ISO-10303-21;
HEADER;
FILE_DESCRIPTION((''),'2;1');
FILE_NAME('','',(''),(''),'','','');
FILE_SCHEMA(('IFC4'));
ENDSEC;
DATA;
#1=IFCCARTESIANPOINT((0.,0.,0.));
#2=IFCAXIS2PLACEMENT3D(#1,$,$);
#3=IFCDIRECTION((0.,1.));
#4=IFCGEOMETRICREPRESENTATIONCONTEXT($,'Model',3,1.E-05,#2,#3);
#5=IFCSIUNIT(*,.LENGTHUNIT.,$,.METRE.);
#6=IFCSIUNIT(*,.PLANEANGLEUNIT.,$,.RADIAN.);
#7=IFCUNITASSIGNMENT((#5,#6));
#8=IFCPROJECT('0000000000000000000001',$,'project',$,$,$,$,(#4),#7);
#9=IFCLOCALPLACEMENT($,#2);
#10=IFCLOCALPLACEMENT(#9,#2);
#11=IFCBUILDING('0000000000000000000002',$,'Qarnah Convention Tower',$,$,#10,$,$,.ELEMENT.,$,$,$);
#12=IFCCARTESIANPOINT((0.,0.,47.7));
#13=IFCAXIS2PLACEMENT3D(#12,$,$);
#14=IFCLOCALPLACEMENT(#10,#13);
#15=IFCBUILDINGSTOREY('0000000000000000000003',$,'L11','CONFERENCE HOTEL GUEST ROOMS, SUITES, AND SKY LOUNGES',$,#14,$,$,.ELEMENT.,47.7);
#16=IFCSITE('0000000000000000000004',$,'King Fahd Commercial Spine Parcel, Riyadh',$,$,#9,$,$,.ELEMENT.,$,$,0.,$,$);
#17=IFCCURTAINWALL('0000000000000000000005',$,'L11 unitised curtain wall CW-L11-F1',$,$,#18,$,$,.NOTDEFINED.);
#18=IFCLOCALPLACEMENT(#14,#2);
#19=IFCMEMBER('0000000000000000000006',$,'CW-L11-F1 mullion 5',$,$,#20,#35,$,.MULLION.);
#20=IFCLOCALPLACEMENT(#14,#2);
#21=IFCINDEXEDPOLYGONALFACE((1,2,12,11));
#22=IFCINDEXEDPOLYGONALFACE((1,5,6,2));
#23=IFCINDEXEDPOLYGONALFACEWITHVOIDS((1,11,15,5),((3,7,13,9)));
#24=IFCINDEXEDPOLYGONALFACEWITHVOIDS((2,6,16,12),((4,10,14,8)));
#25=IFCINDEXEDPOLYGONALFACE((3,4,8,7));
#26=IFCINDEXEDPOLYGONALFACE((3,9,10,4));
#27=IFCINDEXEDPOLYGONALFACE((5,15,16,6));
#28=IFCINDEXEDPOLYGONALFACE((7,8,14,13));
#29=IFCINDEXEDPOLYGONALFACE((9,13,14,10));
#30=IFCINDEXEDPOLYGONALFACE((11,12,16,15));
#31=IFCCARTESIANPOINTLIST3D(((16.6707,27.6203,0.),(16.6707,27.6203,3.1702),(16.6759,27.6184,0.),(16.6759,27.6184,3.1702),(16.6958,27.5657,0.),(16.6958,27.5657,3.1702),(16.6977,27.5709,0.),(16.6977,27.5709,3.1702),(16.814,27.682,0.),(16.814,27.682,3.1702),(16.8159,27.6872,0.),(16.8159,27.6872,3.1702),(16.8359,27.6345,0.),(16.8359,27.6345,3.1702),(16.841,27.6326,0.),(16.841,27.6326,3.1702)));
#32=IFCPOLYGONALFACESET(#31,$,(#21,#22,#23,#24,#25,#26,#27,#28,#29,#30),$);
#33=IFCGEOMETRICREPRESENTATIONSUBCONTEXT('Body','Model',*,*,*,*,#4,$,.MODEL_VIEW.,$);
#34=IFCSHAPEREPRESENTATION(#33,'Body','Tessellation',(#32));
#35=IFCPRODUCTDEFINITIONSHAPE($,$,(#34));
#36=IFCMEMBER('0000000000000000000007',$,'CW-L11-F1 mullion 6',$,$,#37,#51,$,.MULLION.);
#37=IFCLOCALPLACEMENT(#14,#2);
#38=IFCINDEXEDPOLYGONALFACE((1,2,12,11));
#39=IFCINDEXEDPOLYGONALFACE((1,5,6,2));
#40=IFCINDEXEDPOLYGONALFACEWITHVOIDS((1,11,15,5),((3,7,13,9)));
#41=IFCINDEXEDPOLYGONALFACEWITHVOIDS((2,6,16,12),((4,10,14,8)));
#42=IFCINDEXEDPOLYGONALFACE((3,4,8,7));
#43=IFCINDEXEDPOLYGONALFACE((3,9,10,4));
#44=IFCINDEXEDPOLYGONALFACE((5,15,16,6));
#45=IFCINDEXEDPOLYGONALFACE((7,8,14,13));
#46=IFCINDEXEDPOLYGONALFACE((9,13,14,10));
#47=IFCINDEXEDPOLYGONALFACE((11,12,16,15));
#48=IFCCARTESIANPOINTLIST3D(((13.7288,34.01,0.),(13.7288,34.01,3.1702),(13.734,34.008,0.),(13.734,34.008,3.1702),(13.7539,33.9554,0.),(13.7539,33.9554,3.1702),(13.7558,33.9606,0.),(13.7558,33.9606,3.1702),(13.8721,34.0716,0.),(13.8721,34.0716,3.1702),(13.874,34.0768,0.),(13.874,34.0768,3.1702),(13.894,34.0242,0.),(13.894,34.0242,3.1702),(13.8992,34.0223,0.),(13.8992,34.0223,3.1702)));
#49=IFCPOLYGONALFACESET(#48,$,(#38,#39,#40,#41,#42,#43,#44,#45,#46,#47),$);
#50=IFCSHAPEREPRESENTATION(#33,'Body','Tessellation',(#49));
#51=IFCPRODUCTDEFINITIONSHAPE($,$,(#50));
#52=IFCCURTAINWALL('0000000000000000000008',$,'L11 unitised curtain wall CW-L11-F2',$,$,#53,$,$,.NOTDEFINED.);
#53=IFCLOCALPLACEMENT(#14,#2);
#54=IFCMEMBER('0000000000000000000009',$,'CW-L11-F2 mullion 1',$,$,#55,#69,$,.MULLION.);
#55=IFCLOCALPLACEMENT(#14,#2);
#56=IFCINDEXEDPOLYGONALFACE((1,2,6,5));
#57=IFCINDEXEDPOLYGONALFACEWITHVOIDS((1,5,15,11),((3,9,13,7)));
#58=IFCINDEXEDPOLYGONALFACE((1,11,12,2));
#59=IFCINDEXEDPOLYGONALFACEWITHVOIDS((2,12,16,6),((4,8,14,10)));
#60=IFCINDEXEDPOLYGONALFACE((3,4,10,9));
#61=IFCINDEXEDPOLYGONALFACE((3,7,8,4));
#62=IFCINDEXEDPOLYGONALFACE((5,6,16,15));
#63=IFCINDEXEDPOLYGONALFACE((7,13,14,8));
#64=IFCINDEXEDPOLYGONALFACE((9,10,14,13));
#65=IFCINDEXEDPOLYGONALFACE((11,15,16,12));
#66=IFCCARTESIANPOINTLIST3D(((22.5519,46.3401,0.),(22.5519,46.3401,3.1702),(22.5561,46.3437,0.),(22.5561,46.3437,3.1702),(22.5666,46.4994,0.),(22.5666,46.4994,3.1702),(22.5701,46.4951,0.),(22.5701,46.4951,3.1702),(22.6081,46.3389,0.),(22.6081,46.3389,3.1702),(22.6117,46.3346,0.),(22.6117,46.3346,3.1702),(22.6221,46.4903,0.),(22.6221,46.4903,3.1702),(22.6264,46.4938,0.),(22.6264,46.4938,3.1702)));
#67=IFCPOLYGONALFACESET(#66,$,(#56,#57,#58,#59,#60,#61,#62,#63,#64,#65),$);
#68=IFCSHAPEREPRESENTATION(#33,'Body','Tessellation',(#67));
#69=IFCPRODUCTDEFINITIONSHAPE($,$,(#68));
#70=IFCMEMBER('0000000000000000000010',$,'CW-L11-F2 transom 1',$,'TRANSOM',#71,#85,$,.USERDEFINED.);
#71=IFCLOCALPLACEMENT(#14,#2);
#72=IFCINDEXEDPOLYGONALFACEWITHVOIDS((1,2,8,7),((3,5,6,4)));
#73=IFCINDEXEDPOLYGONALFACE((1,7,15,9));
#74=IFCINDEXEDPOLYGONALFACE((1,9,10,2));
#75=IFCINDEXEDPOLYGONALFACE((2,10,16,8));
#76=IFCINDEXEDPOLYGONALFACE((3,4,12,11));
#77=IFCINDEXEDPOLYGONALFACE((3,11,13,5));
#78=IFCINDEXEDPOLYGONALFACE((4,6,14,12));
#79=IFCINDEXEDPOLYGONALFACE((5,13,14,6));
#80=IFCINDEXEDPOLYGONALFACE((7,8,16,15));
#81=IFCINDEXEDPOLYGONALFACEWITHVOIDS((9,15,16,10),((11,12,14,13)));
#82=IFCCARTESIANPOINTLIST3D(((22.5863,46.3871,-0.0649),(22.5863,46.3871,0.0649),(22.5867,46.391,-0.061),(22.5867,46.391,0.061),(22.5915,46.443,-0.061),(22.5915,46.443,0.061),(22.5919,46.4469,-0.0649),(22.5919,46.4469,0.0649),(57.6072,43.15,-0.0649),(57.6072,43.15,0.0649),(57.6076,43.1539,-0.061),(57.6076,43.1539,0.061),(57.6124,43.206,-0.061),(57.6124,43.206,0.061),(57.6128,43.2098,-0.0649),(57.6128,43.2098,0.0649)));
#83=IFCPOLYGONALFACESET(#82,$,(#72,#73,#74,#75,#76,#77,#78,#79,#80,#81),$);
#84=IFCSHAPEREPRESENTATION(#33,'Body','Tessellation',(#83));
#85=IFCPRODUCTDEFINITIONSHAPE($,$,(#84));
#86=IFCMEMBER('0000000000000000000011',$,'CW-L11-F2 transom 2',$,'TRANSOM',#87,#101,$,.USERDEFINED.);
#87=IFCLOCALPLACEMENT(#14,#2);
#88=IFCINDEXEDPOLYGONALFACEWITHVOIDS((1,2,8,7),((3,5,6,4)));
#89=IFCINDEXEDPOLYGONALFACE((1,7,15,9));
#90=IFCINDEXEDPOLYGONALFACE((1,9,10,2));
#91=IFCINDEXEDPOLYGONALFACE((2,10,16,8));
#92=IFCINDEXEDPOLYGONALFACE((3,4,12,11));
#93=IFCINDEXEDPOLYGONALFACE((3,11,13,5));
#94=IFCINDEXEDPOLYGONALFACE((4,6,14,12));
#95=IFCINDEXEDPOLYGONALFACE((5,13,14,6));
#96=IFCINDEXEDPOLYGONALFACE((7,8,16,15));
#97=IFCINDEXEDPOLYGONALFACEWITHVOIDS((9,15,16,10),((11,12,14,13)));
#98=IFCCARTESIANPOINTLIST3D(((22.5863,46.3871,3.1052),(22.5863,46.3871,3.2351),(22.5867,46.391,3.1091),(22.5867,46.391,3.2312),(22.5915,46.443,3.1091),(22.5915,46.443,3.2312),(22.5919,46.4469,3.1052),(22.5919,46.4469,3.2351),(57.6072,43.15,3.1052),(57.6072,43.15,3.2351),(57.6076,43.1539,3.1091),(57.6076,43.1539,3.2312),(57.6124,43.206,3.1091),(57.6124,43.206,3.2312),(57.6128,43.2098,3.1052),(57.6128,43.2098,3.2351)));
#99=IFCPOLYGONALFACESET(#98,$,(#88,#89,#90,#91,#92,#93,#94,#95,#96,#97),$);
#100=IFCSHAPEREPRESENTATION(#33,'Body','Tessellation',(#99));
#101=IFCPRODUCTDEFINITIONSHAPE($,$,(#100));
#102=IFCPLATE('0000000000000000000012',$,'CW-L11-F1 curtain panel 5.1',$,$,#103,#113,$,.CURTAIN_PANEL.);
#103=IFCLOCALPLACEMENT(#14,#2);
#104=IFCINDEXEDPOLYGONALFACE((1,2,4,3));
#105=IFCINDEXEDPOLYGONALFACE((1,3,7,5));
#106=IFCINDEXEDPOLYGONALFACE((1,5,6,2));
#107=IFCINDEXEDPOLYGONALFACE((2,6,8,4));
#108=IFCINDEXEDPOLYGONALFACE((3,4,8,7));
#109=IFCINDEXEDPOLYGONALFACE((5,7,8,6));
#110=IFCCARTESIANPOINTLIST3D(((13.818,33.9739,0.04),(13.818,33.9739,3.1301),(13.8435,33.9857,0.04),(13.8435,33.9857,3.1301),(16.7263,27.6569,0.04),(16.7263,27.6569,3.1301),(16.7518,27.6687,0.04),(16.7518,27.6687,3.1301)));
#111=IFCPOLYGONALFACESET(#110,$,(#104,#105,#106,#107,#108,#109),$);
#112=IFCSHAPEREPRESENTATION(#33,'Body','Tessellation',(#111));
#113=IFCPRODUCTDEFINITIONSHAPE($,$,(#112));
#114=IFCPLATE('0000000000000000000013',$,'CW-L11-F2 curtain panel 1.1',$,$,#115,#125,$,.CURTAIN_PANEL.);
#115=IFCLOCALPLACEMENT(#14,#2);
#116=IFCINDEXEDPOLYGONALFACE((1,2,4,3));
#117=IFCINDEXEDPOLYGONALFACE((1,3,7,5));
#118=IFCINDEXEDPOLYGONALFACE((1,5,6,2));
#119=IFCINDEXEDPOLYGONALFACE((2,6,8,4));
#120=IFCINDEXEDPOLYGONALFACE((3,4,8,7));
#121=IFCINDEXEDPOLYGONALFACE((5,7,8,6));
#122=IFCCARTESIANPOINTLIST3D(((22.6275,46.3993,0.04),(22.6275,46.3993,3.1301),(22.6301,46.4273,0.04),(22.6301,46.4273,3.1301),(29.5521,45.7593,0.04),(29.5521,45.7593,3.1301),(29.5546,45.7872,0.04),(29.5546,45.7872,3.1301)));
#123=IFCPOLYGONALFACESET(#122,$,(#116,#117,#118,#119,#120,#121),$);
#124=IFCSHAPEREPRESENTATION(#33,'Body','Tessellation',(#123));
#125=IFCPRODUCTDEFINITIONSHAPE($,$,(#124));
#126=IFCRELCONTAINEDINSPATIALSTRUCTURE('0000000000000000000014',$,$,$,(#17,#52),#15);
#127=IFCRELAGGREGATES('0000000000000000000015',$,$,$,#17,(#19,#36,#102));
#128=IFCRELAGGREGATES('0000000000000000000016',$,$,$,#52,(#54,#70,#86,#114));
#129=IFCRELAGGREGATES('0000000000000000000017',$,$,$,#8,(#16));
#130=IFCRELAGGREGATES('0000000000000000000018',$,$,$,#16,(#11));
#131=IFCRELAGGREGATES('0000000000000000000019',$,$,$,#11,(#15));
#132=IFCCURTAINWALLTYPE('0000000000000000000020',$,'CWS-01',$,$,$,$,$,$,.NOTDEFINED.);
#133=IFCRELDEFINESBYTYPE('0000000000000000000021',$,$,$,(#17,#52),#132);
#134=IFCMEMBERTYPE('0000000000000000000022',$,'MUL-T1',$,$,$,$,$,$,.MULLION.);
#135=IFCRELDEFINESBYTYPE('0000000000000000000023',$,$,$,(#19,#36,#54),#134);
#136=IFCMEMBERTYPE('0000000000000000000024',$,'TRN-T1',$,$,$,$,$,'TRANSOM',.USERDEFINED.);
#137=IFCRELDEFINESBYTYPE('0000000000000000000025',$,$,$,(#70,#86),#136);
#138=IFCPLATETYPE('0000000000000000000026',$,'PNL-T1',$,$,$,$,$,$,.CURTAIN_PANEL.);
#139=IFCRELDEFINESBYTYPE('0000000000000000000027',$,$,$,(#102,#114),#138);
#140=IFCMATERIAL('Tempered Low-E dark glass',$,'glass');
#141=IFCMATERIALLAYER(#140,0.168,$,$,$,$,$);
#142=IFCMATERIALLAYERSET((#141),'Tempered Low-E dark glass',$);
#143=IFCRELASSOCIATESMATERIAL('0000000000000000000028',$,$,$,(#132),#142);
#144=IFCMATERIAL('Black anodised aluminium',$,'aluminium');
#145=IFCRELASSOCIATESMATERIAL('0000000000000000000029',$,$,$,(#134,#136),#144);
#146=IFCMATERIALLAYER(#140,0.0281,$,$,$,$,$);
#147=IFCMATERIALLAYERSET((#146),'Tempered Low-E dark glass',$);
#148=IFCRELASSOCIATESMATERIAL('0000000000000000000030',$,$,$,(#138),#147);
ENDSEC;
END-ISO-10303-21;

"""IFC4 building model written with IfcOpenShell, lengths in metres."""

from ifc_helpers import new_model, si_unit, direction, frame, origin, origin_2d, place, context, subcontext, project, spatial, rectangle, hollow_rectangle, extrude, material, layer, layer_set, material_profile, profile_set, type_object, element, aggregate, save


model = new_model("IFC4")

# Units and contexts
model_context = context("Model", 3, precision=1e-05, world=origin(), true_north=direction((0.0, 1.0)))
body_context = subcontext(model_context, "Body", "Model", "MODEL_VIEW")
ifc_project = project(units=[si_unit("LENGTHUNIT", "METRE"), si_unit("PLANEANGLEUNIT", "RADIAN")], contexts=[model_context])

# Site, building, storey
site_placement = place(None, origin())
site = spatial("IfcSite", under=ifc_project, at=site_placement, Name="King Fahd Commercial Spine Parcel, Riyadh", CompositionType="ELEMENT", RefElevation=0.0)
building_placement = place(site_placement, origin())
building = spatial("IfcBuilding", under=site, at=building_placement, Name="Qarnah Convention Tower", CompositionType="ELEMENT")
storey_placement = place(building_placement, frame((0.0, 0.0, 47.7)))
storey = spatial("IfcBuildingStorey", under=building, at=storey_placement, Name="L11", Description="CONFERENCE HOTEL GUEST ROOMS, SUITES, AND SKY LOUNGES", CompositionType="ELEMENT", Elevation=47.7)

# Curtain walls, members
ifc_material_1 = material(Name="Tempered Low-E dark glass", Category="glass")
ifc_layer_1 = layer(ifc_material_1, 0.168)
ifc_layer_set_1 = layer_set([ifc_layer_1], Name="Tempered Low-E dark glass")
curtain_wall_type = type_object("IfcCurtainWallType", Name="CWS-01", PredefinedType="NOTDEFINED", material=ifc_layer_set_1)
curtain_wall_1_placement = place(storey_placement, origin())
curtain_wall_1 = element("IfcCurtainWall", 1, at=curtain_wall_1_placement, inside=storey, type_object=curtain_wall_type, Name="L11 unitised curtain wall CW-L11-F1", PredefinedType="NOTDEFINED")
ifc_material_2 = material(Name="Black anodised aluminium", Category="aluminium")
ifc_material_profile_1 = material_profile(ifc_material_2, hollow_rectangle(XDim=0.0601, YDim=0.1599, WallThickness=0.0039, at=origin_2d()), Name="MUL-60X160")
ifc_profile_set_1 = profile_set([ifc_material_profile_1], Name="Black anodised aluminium")
member_type_1 = type_object("IfcMemberType", Name="MUL-T1", PredefinedType="MULLION", material=ifc_profile_set_1)
member_1_placement = place(storey_placement, frame((16.7559, 27.6265, 0.0), z_axis=(0.0, 0.0, 1.0), x_axis=(-0.418209, 0.908351, 0.0)))
member_1 = element("IfcMember", 2, at=member_1_placement, type_object=member_type_1, Name="CW-L11-F1 mullion 5", PredefinedType="MULLION", context=body_context, shape_type="SweptSolid", body=[
    extrude(hollow_rectangle(XDim=0.0601, YDim=0.1599, WallThickness=0.0039, at=origin_2d()), origin(), (0.0, 0.0, 1.0), 3.1702),
])
member_2_placement = place(storey_placement, frame((13.814, 34.0161, 0.0), z_axis=(0.0, 0.0, 1.0), x_axis=(-0.418209, 0.908351, 0.0)))
member_2 = element("IfcMember", 3, at=member_2_placement, type_object=member_type_1, Name="CW-L11-F1 mullion 6", PredefinedType="MULLION", context=body_context, shape_type="SweptSolid", body=[
    extrude(hollow_rectangle(XDim=0.0601, YDim=0.1599, WallThickness=0.0039, at=origin_2d()), origin(), (0.0, 0.0, 1.0), 3.1702),
])
curtain_wall_2_placement = place(storey_placement, origin())
curtain_wall_2 = element("IfcCurtainWall", 4, at=curtain_wall_2_placement, inside=storey, type_object=curtain_wall_type, Name="L11 unitised curtain wall CW-L11-F2", PredefinedType="NOTDEFINED")
member_3_placement = place(storey_placement, frame((22.5891, 46.417, 0.0), z_axis=(0.0, 0.0, 1.0), x_axis=(0.995756, -0.092038, 0.0)))
member_3 = element("IfcMember", 5, at=member_3_placement, type_object=member_type_1, Name="CW-L11-F2 mullion 1", PredefinedType="MULLION", context=body_context, shape_type="SweptSolid", body=[
    extrude(hollow_rectangle(XDim=0.0601, YDim=0.1599, WallThickness=0.0039, at=origin_2d()), origin(), (0.0, 0.0, 1.0), 3.1702),
])
ifc_material_profile_2 = material_profile(ifc_material_2, hollow_rectangle(XDim=0.0601, YDim=0.1299, WallThickness=0.0039, at=origin_2d()), Name="TRN-60X130")
ifc_profile_set_2 = profile_set([ifc_material_profile_2], Name="Black anodised aluminium")
member_type_2 = type_object("IfcMemberType", Name="TRN-T1", ElementType="TRANSOM", PredefinedType="USERDEFINED", material=ifc_profile_set_2)
member_4_placement = place(storey_placement, frame((22.5891, 46.417, 0.0), z_axis=(0.995755, -0.09204, 0.0), x_axis=(0.09204, 0.995755, 0.0)))
member_4 = element("IfcMember", 6, at=member_4_placement, type_object=member_type_2, Name="CW-L11-F2 transom 1", ObjectType="TRANSOM", PredefinedType="USERDEFINED", context=body_context, shape_type="SweptSolid", body=[
    extrude(hollow_rectangle(XDim=0.0601, YDim=0.1299, WallThickness=0.0039, at=origin_2d()), origin(), (0.0, 0.0, 1.0), 35.1702),
])
member_5_placement = place(storey_placement, frame((22.5891, 46.417, 3.1702), z_axis=(0.995755, -0.09204, 0.0), x_axis=(0.09204, 0.995755, 0.0)))
member_5 = element("IfcMember", 7, at=member_5_placement, type_object=member_type_2, Name="CW-L11-F2 transom 2", ObjectType="TRANSOM", PredefinedType="USERDEFINED", context=body_context, shape_type="SweptSolid", body=[
    extrude(hollow_rectangle(XDim=0.0601, YDim=0.1299, WallThickness=0.0039, at=origin_2d()), origin(), (0.0, 0.0, 1.0), 35.1702),
])

# Plates
ifc_layer_2 = layer(ifc_material_1, 0.0281)
ifc_layer_set_2 = layer_set([ifc_layer_2], Name="Tempered Low-E dark glass")
plate_type = type_object("IfcPlateType", Name="PNL-T1", PredefinedType="CURTAIN_PANEL", material=ifc_layer_set_2)
plate_1_placement = place(storey_placement, frame((15.2849, 30.8213, 0.04), z_axis=(0.0, 0.0, 1.0), x_axis=(-0.418209, 0.908351, 0.0)))
plate_1 = element("IfcPlate", 8, at=plate_1_placement, type_object=plate_type, Name="CW-L11-F1 curtain panel 5.1", PredefinedType="CURTAIN_PANEL", context=body_context, shape_type="SweptSolid", body=[
    extrude(rectangle(XDim=6.9543, YDim=0.0281, at=origin_2d()), origin(), (0.0, 0.0, 1.0), 3.0901),
])
aggregate(curtain_wall_1, [member_1, member_2, plate_1])
plate_2_placement = place(storey_placement, frame((26.0911, 46.0933, 0.04), z_axis=(0.0, 0.0, 1.0), x_axis=(0.995756, -0.092038, 0.0)))
plate_2 = element("IfcPlate", 9, at=plate_2_placement, type_object=plate_type, Name="CW-L11-F2 curtain panel 1.1", PredefinedType="CURTAIN_PANEL", context=body_context, shape_type="SweptSolid", body=[
    extrude(rectangle(XDim=6.9541, YDim=0.0281, at=origin_2d()), origin(), (0.0, 0.0, 1.0), 3.0901),
])
aggregate(curtain_wall_2, [member_3, member_4, member_5, plate_2])

save(model, "model.ifc")
